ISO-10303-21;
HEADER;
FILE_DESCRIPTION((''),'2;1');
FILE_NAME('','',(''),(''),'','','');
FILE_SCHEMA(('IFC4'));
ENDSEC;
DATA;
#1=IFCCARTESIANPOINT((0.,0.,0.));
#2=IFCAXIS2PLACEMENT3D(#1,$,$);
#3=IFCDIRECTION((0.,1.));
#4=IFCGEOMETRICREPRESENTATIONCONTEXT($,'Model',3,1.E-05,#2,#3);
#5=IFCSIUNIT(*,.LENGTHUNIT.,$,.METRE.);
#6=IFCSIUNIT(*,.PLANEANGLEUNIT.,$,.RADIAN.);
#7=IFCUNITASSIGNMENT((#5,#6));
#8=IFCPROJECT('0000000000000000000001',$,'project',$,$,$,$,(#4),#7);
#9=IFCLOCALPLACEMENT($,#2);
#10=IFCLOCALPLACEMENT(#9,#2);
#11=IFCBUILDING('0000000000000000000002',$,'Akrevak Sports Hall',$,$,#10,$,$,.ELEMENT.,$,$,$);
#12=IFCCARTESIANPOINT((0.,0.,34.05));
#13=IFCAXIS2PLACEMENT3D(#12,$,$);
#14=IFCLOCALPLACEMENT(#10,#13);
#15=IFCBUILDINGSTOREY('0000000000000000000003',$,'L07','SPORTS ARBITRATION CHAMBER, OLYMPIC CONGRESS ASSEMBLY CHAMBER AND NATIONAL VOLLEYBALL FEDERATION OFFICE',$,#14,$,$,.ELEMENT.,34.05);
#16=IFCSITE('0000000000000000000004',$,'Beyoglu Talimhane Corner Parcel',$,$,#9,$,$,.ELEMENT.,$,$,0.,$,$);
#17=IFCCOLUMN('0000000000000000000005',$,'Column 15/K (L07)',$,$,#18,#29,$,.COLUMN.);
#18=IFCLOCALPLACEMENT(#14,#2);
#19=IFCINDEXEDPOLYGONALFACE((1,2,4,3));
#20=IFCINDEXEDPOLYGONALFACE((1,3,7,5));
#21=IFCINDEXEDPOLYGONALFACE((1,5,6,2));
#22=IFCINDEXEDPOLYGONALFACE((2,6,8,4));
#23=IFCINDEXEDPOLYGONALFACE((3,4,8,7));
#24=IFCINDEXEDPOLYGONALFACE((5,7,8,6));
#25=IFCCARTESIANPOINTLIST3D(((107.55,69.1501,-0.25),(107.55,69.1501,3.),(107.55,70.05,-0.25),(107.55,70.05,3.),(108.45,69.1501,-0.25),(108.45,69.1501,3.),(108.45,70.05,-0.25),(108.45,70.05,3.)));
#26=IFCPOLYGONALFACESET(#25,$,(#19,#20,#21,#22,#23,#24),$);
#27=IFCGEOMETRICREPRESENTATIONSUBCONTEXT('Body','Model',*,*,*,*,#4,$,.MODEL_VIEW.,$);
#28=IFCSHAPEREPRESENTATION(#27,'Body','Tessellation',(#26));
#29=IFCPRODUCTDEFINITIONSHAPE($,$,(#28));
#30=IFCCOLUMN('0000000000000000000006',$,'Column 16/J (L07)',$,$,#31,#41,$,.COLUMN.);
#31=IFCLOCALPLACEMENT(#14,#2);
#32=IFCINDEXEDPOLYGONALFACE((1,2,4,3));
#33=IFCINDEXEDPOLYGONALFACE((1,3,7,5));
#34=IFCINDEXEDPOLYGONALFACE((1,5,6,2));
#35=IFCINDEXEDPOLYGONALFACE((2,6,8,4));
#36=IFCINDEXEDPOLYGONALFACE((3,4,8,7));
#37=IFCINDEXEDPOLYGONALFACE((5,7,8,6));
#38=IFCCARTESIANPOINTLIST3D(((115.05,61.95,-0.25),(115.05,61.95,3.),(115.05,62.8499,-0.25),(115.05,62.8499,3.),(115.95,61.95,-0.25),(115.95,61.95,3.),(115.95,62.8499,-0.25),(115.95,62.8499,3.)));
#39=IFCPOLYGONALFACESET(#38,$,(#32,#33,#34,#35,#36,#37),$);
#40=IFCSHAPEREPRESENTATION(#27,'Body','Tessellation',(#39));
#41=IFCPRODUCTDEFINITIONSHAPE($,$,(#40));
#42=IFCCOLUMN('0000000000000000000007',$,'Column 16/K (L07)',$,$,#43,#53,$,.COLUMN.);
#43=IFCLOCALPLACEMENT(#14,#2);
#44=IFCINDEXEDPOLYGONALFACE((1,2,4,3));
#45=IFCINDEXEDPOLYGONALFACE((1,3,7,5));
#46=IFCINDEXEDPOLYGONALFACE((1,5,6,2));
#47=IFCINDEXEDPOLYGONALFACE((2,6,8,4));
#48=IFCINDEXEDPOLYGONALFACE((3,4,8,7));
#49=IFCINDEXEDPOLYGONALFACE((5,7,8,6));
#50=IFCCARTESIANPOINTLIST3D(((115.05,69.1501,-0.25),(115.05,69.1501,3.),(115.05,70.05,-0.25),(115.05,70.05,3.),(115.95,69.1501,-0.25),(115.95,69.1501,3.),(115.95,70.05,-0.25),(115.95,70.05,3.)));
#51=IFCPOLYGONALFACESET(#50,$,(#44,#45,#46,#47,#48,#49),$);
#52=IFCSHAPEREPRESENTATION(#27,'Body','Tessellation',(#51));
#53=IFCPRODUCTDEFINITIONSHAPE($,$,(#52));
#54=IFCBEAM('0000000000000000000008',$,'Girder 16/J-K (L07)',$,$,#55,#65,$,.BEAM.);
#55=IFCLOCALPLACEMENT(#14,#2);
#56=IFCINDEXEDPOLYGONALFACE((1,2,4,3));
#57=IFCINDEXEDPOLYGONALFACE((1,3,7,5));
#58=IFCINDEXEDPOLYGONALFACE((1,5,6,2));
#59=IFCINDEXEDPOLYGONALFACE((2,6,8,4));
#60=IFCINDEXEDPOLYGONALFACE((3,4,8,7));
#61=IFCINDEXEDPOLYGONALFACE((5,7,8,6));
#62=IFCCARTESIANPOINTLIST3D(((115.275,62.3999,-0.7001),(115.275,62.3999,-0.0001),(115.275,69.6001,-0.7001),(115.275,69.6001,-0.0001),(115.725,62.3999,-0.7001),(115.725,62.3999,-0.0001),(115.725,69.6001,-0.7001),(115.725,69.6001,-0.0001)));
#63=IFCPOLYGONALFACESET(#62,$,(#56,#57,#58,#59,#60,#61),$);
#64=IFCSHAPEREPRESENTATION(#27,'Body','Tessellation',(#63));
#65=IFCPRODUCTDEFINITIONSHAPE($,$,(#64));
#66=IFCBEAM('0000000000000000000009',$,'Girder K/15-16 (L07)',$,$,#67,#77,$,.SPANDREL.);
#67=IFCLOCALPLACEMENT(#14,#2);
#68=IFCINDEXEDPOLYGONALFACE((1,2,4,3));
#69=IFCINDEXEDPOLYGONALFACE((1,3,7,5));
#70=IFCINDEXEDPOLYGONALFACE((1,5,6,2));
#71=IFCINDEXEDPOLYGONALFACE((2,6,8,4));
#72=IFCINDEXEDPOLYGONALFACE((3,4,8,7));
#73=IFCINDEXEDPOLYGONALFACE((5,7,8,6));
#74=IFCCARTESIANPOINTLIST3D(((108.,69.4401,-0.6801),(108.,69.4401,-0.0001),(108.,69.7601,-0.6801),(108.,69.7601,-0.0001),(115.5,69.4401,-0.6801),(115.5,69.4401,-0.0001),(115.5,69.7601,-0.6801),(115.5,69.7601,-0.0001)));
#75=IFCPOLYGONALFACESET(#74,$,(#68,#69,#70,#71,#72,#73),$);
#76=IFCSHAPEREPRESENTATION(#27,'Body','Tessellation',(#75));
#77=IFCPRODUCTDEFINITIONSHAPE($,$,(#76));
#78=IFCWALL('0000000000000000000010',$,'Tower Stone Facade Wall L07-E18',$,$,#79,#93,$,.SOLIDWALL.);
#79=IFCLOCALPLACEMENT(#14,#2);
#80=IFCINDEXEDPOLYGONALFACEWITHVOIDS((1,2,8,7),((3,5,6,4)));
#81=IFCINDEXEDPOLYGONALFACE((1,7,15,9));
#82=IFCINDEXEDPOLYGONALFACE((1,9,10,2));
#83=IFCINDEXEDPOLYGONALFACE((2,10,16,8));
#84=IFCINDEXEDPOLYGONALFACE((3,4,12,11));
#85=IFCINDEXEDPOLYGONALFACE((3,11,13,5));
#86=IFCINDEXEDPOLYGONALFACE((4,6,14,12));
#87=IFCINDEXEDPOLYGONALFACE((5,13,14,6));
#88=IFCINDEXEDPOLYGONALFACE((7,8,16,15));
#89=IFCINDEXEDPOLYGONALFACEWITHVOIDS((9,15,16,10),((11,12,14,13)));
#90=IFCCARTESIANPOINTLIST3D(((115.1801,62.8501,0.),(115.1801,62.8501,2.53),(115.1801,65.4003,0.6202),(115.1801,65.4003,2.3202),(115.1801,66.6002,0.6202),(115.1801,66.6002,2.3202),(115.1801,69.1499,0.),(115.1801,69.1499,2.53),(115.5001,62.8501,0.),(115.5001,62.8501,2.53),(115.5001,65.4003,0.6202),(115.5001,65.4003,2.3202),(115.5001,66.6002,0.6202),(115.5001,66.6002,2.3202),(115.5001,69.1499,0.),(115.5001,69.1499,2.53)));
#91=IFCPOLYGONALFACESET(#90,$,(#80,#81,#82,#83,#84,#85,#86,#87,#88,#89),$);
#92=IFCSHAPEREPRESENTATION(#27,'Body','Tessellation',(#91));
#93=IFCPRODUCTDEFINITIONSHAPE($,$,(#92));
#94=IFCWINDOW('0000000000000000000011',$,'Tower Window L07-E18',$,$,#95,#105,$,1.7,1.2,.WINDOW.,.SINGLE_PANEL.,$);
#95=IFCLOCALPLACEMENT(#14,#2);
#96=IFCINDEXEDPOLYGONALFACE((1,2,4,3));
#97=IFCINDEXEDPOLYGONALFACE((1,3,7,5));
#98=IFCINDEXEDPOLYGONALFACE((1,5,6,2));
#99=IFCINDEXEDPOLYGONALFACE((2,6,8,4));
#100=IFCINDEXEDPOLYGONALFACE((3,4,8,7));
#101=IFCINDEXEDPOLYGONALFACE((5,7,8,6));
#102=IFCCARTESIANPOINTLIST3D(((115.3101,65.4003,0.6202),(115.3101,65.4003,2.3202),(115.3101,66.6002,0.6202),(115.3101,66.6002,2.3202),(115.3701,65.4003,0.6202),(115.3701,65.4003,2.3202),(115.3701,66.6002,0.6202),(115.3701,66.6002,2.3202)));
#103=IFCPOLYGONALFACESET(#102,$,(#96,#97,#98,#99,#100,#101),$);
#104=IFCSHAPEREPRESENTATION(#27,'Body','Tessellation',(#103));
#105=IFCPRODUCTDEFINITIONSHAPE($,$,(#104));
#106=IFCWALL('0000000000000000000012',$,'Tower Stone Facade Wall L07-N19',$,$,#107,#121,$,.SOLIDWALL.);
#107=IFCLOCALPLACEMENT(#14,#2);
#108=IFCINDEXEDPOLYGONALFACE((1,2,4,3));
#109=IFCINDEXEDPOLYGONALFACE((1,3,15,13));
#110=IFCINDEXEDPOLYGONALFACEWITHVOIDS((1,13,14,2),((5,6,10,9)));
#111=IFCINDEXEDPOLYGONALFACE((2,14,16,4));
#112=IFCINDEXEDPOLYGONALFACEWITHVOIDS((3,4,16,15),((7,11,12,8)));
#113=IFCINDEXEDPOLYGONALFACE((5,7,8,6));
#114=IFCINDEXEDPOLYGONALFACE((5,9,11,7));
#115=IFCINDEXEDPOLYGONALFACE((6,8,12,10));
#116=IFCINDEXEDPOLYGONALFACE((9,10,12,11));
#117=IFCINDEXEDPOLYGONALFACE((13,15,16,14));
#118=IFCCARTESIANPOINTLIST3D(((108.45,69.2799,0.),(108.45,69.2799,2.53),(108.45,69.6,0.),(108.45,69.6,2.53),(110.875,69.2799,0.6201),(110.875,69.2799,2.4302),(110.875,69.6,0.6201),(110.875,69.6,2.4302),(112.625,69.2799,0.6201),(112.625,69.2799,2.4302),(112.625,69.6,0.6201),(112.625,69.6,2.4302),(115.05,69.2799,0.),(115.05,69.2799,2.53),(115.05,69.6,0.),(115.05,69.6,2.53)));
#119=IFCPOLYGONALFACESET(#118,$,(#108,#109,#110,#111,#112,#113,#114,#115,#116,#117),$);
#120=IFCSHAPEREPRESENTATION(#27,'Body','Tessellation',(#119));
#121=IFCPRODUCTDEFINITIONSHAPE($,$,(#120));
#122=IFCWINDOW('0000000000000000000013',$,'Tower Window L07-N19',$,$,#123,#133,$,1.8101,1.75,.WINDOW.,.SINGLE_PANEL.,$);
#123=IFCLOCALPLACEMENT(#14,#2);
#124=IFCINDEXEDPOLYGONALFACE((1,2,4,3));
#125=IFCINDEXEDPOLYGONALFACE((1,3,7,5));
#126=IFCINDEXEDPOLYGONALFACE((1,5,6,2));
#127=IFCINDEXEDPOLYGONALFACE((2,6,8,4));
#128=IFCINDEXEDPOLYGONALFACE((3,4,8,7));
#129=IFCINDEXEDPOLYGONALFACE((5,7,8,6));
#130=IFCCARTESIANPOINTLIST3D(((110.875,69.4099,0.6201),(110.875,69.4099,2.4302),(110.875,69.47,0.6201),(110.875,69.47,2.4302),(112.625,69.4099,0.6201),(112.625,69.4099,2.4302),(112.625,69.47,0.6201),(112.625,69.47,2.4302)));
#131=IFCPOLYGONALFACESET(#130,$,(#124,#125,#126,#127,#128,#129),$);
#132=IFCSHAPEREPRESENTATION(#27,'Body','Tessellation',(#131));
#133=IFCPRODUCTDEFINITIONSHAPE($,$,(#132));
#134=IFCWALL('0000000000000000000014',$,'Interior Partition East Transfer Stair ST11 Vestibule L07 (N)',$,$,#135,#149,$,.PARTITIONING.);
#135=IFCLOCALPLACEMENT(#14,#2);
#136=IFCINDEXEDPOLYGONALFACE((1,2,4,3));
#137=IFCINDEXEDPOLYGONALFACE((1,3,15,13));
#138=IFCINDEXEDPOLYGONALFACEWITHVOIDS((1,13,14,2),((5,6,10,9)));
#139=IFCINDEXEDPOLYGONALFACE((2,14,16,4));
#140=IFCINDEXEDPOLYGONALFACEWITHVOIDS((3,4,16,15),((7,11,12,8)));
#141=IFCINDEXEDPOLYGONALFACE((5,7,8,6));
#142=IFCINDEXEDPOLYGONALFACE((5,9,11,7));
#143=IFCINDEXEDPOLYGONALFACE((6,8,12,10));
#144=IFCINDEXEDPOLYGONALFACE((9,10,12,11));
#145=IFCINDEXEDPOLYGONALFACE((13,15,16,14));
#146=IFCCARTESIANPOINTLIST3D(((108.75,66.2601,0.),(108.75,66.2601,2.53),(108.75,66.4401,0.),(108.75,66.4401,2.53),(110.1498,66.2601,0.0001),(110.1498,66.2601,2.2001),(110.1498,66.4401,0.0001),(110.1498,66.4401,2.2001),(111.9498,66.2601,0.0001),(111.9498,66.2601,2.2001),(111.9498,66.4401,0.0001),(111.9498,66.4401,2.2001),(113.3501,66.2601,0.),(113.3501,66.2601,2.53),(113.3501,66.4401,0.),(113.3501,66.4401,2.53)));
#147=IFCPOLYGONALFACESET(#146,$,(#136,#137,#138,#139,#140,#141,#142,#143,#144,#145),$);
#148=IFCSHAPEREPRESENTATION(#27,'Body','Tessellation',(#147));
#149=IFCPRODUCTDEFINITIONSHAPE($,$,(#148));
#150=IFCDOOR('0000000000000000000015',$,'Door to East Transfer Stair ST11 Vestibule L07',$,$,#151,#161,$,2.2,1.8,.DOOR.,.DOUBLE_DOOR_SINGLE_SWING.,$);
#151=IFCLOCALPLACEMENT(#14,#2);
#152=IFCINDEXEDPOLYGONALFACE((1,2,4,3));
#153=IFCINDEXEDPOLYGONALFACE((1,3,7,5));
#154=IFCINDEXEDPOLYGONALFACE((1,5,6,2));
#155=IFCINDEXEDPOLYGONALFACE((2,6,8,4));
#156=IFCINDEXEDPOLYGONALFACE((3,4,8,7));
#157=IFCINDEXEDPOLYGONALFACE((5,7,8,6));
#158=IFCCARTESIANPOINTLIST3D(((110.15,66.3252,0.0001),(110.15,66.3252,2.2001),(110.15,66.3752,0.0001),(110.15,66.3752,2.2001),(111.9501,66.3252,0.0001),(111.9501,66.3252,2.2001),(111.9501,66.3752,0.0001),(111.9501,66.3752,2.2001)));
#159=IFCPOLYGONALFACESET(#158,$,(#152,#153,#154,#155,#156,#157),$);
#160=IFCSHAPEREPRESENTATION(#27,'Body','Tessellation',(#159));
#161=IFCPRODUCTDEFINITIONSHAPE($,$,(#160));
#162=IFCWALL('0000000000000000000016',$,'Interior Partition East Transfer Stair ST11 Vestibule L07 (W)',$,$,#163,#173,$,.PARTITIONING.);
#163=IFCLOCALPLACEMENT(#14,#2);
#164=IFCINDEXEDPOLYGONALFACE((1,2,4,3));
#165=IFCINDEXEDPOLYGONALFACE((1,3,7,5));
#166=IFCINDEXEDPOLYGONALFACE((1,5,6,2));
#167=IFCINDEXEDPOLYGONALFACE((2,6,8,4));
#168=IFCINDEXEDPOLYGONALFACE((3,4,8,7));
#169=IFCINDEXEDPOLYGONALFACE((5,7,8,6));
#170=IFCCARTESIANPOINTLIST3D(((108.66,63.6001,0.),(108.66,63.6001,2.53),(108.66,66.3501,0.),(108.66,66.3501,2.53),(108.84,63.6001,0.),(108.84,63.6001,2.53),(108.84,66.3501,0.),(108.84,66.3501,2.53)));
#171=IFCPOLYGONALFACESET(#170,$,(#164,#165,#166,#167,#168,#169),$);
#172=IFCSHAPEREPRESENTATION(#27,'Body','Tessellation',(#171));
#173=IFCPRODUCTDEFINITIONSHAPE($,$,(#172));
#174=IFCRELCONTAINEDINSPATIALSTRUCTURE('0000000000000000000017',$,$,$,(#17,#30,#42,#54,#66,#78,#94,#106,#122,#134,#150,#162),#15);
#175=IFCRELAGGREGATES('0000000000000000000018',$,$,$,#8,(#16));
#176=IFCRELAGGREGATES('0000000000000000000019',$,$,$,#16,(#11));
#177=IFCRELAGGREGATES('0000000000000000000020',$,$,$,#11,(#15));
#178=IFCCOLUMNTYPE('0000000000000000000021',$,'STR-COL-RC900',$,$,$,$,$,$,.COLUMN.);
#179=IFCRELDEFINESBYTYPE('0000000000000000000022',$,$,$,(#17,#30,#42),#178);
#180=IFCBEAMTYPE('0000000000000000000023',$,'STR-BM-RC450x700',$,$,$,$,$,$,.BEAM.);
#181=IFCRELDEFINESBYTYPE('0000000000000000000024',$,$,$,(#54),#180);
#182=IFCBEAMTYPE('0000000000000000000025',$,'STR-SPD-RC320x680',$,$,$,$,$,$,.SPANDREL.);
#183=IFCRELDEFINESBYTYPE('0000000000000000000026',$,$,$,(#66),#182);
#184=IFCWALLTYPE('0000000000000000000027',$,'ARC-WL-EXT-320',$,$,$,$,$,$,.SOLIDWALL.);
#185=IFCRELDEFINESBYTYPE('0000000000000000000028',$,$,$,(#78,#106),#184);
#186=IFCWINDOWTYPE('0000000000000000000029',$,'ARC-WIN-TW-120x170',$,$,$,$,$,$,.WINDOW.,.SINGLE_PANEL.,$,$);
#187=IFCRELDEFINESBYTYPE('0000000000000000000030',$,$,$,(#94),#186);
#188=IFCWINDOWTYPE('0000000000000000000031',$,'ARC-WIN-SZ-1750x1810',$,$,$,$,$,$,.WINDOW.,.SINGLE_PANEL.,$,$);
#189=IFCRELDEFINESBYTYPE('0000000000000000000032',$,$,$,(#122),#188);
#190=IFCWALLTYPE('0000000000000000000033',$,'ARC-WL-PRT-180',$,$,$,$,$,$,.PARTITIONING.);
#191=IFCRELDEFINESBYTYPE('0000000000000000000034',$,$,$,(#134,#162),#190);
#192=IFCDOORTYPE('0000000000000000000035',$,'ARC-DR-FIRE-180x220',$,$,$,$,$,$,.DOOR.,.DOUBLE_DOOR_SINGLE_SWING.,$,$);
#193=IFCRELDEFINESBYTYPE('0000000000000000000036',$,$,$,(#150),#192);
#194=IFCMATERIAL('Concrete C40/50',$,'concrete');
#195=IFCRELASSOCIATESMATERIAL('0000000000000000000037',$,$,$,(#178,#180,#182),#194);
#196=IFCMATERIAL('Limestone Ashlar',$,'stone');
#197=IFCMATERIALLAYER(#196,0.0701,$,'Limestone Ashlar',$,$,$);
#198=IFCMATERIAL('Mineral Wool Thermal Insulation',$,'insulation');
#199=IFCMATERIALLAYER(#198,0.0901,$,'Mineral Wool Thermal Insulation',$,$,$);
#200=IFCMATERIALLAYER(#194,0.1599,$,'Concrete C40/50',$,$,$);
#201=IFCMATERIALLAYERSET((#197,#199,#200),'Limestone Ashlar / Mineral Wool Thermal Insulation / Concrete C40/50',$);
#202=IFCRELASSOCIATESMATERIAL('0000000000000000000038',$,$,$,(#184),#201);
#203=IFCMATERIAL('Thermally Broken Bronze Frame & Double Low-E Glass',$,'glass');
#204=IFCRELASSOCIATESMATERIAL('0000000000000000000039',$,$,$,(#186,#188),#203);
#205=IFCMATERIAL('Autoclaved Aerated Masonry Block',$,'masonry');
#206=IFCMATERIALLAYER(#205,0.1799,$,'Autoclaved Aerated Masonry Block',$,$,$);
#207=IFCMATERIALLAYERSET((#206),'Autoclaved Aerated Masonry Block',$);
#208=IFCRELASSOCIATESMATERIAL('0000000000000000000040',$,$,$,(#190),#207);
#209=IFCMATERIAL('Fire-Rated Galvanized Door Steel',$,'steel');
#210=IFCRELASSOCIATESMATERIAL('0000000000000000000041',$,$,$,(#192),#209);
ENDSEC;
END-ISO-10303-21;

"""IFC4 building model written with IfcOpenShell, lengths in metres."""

from ifc_helpers import new_model, si_unit, direction, frame, frame_2d, origin, origin_2d, place, context, subcontext, project, spatial, rectangle, extrude, material, layer, layer_set, material_profile, profile_set, type_object, element, fill, save


model = new_model("IFC4")

# Units and contexts
model_context = context("Model", 3, precision=1e-05, world=origin(), true_north=direction((0.0, 1.0)))
body_context = subcontext(model_context, "Body", "Model", "MODEL_VIEW")
ifc_project = project(units=[si_unit("LENGTHUNIT", "METRE"), si_unit("PLANEANGLEUNIT", "RADIAN")], contexts=[model_context])

# Site, building, storey
site_placement = place(None, origin())
site = spatial("IfcSite", under=ifc_project, at=site_placement, Name="Beyoglu Talimhane Corner Parcel", CompositionType="ELEMENT", RefElevation=0.0)
building_placement = place(site_placement, origin())
building = spatial("IfcBuilding", under=site, at=building_placement, Name="Akrevak Sports Hall", CompositionType="ELEMENT")
storey_placement = place(building_placement, frame((0.0, 0.0, 34.05)))
storey = spatial("IfcBuildingStorey", under=building, at=storey_placement, Name="L07", Description="SPORTS ARBITRATION CHAMBER, OLYMPIC CONGRESS ASSEMBLY CHAMBER AND NATIONAL VOLLEYBALL FEDERATION OFFICE", CompositionType="ELEMENT", Elevation=34.05)

# Columns
ifc_material_1 = material(Name="Concrete C40/50", Category="concrete")
ifc_material_profile_1 = material_profile(ifc_material_1, rectangle(XDim=0.8999, YDim=0.8999, at=origin_2d()), Name="RC 900x900", Category="concrete")
ifc_profile_set_1 = profile_set([ifc_material_profile_1], Name="Concrete C40/50")
column_type = type_object("IfcColumnType", Name="STR-COL-RC900", PredefinedType="COLUMN", material=ifc_profile_set_1)
for number, where, z_axis, x_axis, name in (
    (1, (108.0, 69.6001, -0.25), (0.0, 0.0, 1.0), (1.0, 0.0, 0.0), "Column 15/K (L07)"),
    (2, (115.5, 62.3999, -0.25), (0.0, 0.0, 1.0), (1.0, 0.0, 0.0), "Column 16/J (L07)"),
    (3, (115.5, 69.6001, -0.25), (0.0, 0.0, 1.0), (1.0, 0.0, 0.0), "Column 16/K (L07)"),
):
    element("IfcColumn", number, at=place(storey_placement, frame(where, z_axis=z_axis, x_axis=x_axis)), inside=storey, type_object=column_type, Name=name, PredefinedType="COLUMN", context=body_context, shape_type="SweptSolid", body=[
        extrude(rectangle(XDim=0.8999, YDim=0.8999, at=origin_2d()), origin(), (0.0, 0.0, 1.0), 3.25),
    ])

# Beams
ifc_material_profile_2 = material_profile(ifc_material_1, rectangle(XDim=0.45, YDim=0.7, at=origin_2d()), Name="BM 450x700", Category="concrete")
ifc_profile_set_2 = profile_set([ifc_material_profile_2], Name="Concrete C40/50")
beam_type_1 = type_object("IfcBeamType", Name="STR-BM-RC450x700", PredefinedType="BEAM", material=ifc_profile_set_2)
beam_1_placement = place(storey_placement, frame((115.5, 62.3999, -0.3501), z_axis=(0.0, 1.0, 0.0), x_axis=(-1.0, 0.0, 0.0)))
element("IfcBeam", 4, at=beam_1_placement, inside=storey, type_object=beam_type_1, Name="Girder 16/J-K (L07)", PredefinedType="BEAM", context=body_context, shape_type="SweptSolid", body=[
    extrude(rectangle(XDim=0.45, YDim=0.7, at=origin_2d()), origin(), (0.0, 0.0, 1.0), 7.2002),
])
ifc_material_profile_3 = material_profile(ifc_material_1, rectangle(XDim=0.3201, YDim=0.6799, at=origin_2d()), Name="SPD 320x680", Category="concrete")
ifc_profile_set_3 = profile_set([ifc_material_profile_3], Name="Concrete C40/50")
beam_type_2 = type_object("IfcBeamType", Name="STR-SPD-RC320x680", PredefinedType="SPANDREL", material=ifc_profile_set_3)
beam_2_placement = place(storey_placement, frame((108.0, 69.6001, -0.3401), z_axis=(1.0, 0.0, 0.0), x_axis=(0.0, 1.0, 0.0)))
element("IfcBeam", 5, at=beam_2_placement, inside=storey, type_object=beam_type_2, Name="Girder K/15-16 (L07)", PredefinedType="SPANDREL", context=body_context, shape_type="SweptSolid", body=[
    extrude(rectangle(XDim=0.3201, YDim=0.6799, at=origin_2d()), origin(), (0.0, 0.0, 1.0), 7.5),
])

# Walls, openings, windows
ifc_material_2 = material(Name="Limestone Ashlar", Category="stone")
ifc_layer_1 = layer(ifc_material_2, 0.0701, Name="Limestone Ashlar")
ifc_material_3 = material(Name="Mineral Wool Thermal Insulation", Category="insulation")
ifc_layer_2 = layer(ifc_material_3, 0.0901, Name="Mineral Wool Thermal Insulation")
ifc_layer_3 = layer(ifc_material_1, 0.1599, Name="Concrete C40/50")
ifc_layer_set_1 = layer_set([ifc_layer_1, ifc_layer_2, ifc_layer_3], Name="Limestone Ashlar / Mineral Wool Thermal Insulation / Concrete C40/50")
wall_type_1 = type_object("IfcWallType", Name="ARC-WL-EXT-320", PredefinedType="SOLIDWALL", material=ifc_layer_set_1)
wall_1_placement = place(storey_placement, frame((115.3401, 62.8501, 0.0), z_axis=(0.0, 0.0, 1.0), x_axis=(0.0, 1.0, 0.0)))
wall_1 = element("IfcWall", 6, at=wall_1_placement, inside=storey, type_object=wall_type_1, Name="Tower Stone Facade Wall L07-E18", PredefinedType="SOLIDWALL", context=body_context, shape_type="SweptSolid", body=[
    extrude(rectangle(XDim=6.2998, YDim=0.3201, at=frame_2d((3.1499, 0.0))), origin(), (0.0, 0.0, 1.0), 2.53),
])
opening_1_placement = place(wall_1_placement, frame((2.55, 0.0, 0.6201)))
opening_1 = element("IfcOpeningElement", 7, at=opening_1_placement, cuts=wall_1, PredefinedType="OPENING", context=body_context, shape_type="SweptSolid", body=[
    extrude(rectangle(XDim=1.2, YDim=1.7, at=frame_2d((0.6001, 0.8501))), frame((0.0, 0.1719, 0.0), z_axis=(0.0, -1.0, 0.0), x_axis=(1.0, 0.0, 0.0)), (0.0, 0.0, 1.0), 0.344),
])
ifc_material_4 = material(Name="Thermally Broken Bronze Frame & Double Low-E Glass", Category="glass")
window_type_1 = type_object("IfcWindowType", Name="ARC-WIN-TW-120x170", PartitioningType="SINGLE_PANEL", PredefinedType="WINDOW", material=ifc_material_4)
window_1_placement = place(opening_1_placement, origin())
window_1 = element("IfcWindow", 8, at=window_1_placement, inside=storey, type_object=window_type_1, Name="Tower Window L07-E18", OverallHeight=1.7, OverallWidth=1.2, PartitioningType="SINGLE_PANEL", PredefinedType="WINDOW", context=body_context, shape_type="SweptSolid", body=[
    extrude(rectangle(XDim=1.2, YDim=1.7, at=frame_2d((0.6001, 0.8501))), frame((0.0, 0.03, 0.0), z_axis=(0.0, -1.0, 0.0), x_axis=(1.0, 0.0, 0.0)), (0.0, 0.0, 1.0), 0.0601),
])
fill(opening_1, window_1)
wall_2_placement = place(storey_placement, frame((115.05, 69.4399, 0.0), z_axis=(0.0, 0.0, 1.0), x_axis=(-1.0, 0.0, 0.0)))
wall_2 = element("IfcWall", 9, at=wall_2_placement, inside=storey, type_object=wall_type_1, Name="Tower Stone Facade Wall L07-N19", PredefinedType="SOLIDWALL", context=body_context, shape_type="SweptSolid", body=[
    extrude(rectangle(XDim=6.6001, YDim=0.3201, at=frame_2d((3.3, 0.0))), origin(), (0.0, 0.0, 1.0), 2.53),
])
opening_2_placement = place(wall_2_placement, frame((2.425, 0.0, 0.6201)))
opening_2 = element("IfcOpeningElement", 10, at=opening_2_placement, cuts=wall_2, PredefinedType="OPENING", context=body_context, shape_type="SweptSolid", body=[
    extrude(rectangle(XDim=1.75, YDim=1.8101, at=frame_2d((0.875, 0.905))), frame((0.0, 0.1719, 0.0), z_axis=(0.0, -1.0, 0.0), x_axis=(1.0, 0.0, 0.0)), (0.0, 0.0, 1.0), 0.344),
])
window_type_2 = type_object("IfcWindowType", Name="ARC-WIN-SZ-1750x1810", PartitioningType="SINGLE_PANEL", PredefinedType="WINDOW", material=ifc_material_4)
window_2_placement = place(opening_2_placement, origin())
window_2 = element("IfcWindow", 11, at=window_2_placement, inside=storey, type_object=window_type_2, Name="Tower Window L07-N19", OverallHeight=1.8101, OverallWidth=1.75, PartitioningType="SINGLE_PANEL", PredefinedType="WINDOW", context=body_context, shape_type="SweptSolid", body=[
    extrude(rectangle(XDim=1.75, YDim=1.8101, at=frame_2d((0.875, 0.905))), frame((0.0, 0.03, 0.0), z_axis=(0.0, -1.0, 0.0), x_axis=(1.0, 0.0, 0.0)), (0.0, 0.0, 1.0), 0.0601),
])
fill(opening_2, window_2)

# Wall, opening, door
ifc_material_5 = material(Name="Autoclaved Aerated Masonry Block", Category="masonry")
ifc_layer_4 = layer(ifc_material_5, 0.1799, Name="Autoclaved Aerated Masonry Block")
ifc_layer_set_2 = layer_set([ifc_layer_4], Name="Autoclaved Aerated Masonry Block")
wall_type_2 = type_object("IfcWallType", Name="ARC-WL-PRT-180", PredefinedType="PARTITIONING", material=ifc_layer_set_2)
wall_3_placement = place(storey_placement, frame((108.75, 66.3501, 0.0), z_axis=(0.0, 0.0, 1.0), x_axis=(1.0, 0.0, 0.0)))
wall_3 = element("IfcWall", 12, at=wall_3_placement, inside=storey, type_object=wall_type_2, Name="Interior Partition East Transfer Stair ST11 Vestibule L07 (N)", PredefinedType="PARTITIONING", context=body_context, shape_type="SweptSolid", body=[
    extrude(rectangle(XDim=4.6001, YDim=0.1799, at=frame_2d((2.3, 0.0))), origin(), (0.0, 0.0, 1.0), 2.53),
])
opening_3_placement = place(wall_3_placement, frame((1.3999, 0.0, 0.0)))
opening_3 = element("IfcOpeningElement", 13, at=opening_3_placement, cuts=wall_3, PredefinedType="OPENING", context=body_context, shape_type="SweptSolid", body=[
    extrude(rectangle(XDim=1.8, YDim=2.2, at=frame_2d((0.8999, 1.1001))), frame((0.0, 0.1021, 0.0), z_axis=(0.0, -1.0, 0.0), x_axis=(1.0, 0.0, 0.0)), (0.0, 0.0, 1.0), 0.2039),
])
ifc_material_6 = material(Name="Fire-Rated Galvanized Door Steel", Category="steel")
door_type_1 = type_object("IfcDoorType", Name="ARC-DR-FIRE-180x220", OperationType="DOUBLE_DOOR_SINGLE_SWING", PredefinedType="DOOR", material=ifc_material_6)
door_1_placement = place(opening_3_placement, frame((1.8, 0.0, 0.0), z_axis=(0.0, 0.0, 1.0), x_axis=(-1.0, 0.0, 0.0)))
door_1 = element("IfcDoor", 14, at=door_1_placement, inside=storey, type_object=door_type_1, Name="Door to East Transfer Stair ST11 Vestibule L07", OperationType="DOUBLE_DOOR_SINGLE_SWING", OverallHeight=2.2, OverallWidth=1.8, PredefinedType="DOOR", context=body_context, shape_type="SweptSolid", body=[
    extrude(rectangle(XDim=1.8, YDim=2.2, at=frame_2d((0.8999, 1.1001))), frame((0.0, 0.0249, 0.0), z_axis=(0.0, -1.0, 0.0), x_axis=(1.0, 0.0, 0.0)), (0.0, 0.0, 1.0), 0.05),
])
fill(opening_3, door_1)

# Wall
for number, where, z_axis, x_axis, name in (
    (15, (108.75, 63.6001, 0.0), (0.0, 0.0, 1.0), (0.0, 1.0, 0.0), "Interior Partition East Transfer Stair ST11 Vestibule L07 (W)"),
):
    element("IfcWall", number, at=place(storey_placement, frame(where, z_axis=z_axis, x_axis=x_axis)), inside=storey, type_object=wall_type_2, Name=name, PredefinedType="PARTITIONING", context=body_context, shape_type="SweptSolid", body=[
        extrude(rectangle(XDim=2.75, YDim=0.1799, at=frame_2d((1.375, 0.0))), origin(), (0.0, 0.0, 1.0), 2.53),
    ])

save(model, "model.ifc")
